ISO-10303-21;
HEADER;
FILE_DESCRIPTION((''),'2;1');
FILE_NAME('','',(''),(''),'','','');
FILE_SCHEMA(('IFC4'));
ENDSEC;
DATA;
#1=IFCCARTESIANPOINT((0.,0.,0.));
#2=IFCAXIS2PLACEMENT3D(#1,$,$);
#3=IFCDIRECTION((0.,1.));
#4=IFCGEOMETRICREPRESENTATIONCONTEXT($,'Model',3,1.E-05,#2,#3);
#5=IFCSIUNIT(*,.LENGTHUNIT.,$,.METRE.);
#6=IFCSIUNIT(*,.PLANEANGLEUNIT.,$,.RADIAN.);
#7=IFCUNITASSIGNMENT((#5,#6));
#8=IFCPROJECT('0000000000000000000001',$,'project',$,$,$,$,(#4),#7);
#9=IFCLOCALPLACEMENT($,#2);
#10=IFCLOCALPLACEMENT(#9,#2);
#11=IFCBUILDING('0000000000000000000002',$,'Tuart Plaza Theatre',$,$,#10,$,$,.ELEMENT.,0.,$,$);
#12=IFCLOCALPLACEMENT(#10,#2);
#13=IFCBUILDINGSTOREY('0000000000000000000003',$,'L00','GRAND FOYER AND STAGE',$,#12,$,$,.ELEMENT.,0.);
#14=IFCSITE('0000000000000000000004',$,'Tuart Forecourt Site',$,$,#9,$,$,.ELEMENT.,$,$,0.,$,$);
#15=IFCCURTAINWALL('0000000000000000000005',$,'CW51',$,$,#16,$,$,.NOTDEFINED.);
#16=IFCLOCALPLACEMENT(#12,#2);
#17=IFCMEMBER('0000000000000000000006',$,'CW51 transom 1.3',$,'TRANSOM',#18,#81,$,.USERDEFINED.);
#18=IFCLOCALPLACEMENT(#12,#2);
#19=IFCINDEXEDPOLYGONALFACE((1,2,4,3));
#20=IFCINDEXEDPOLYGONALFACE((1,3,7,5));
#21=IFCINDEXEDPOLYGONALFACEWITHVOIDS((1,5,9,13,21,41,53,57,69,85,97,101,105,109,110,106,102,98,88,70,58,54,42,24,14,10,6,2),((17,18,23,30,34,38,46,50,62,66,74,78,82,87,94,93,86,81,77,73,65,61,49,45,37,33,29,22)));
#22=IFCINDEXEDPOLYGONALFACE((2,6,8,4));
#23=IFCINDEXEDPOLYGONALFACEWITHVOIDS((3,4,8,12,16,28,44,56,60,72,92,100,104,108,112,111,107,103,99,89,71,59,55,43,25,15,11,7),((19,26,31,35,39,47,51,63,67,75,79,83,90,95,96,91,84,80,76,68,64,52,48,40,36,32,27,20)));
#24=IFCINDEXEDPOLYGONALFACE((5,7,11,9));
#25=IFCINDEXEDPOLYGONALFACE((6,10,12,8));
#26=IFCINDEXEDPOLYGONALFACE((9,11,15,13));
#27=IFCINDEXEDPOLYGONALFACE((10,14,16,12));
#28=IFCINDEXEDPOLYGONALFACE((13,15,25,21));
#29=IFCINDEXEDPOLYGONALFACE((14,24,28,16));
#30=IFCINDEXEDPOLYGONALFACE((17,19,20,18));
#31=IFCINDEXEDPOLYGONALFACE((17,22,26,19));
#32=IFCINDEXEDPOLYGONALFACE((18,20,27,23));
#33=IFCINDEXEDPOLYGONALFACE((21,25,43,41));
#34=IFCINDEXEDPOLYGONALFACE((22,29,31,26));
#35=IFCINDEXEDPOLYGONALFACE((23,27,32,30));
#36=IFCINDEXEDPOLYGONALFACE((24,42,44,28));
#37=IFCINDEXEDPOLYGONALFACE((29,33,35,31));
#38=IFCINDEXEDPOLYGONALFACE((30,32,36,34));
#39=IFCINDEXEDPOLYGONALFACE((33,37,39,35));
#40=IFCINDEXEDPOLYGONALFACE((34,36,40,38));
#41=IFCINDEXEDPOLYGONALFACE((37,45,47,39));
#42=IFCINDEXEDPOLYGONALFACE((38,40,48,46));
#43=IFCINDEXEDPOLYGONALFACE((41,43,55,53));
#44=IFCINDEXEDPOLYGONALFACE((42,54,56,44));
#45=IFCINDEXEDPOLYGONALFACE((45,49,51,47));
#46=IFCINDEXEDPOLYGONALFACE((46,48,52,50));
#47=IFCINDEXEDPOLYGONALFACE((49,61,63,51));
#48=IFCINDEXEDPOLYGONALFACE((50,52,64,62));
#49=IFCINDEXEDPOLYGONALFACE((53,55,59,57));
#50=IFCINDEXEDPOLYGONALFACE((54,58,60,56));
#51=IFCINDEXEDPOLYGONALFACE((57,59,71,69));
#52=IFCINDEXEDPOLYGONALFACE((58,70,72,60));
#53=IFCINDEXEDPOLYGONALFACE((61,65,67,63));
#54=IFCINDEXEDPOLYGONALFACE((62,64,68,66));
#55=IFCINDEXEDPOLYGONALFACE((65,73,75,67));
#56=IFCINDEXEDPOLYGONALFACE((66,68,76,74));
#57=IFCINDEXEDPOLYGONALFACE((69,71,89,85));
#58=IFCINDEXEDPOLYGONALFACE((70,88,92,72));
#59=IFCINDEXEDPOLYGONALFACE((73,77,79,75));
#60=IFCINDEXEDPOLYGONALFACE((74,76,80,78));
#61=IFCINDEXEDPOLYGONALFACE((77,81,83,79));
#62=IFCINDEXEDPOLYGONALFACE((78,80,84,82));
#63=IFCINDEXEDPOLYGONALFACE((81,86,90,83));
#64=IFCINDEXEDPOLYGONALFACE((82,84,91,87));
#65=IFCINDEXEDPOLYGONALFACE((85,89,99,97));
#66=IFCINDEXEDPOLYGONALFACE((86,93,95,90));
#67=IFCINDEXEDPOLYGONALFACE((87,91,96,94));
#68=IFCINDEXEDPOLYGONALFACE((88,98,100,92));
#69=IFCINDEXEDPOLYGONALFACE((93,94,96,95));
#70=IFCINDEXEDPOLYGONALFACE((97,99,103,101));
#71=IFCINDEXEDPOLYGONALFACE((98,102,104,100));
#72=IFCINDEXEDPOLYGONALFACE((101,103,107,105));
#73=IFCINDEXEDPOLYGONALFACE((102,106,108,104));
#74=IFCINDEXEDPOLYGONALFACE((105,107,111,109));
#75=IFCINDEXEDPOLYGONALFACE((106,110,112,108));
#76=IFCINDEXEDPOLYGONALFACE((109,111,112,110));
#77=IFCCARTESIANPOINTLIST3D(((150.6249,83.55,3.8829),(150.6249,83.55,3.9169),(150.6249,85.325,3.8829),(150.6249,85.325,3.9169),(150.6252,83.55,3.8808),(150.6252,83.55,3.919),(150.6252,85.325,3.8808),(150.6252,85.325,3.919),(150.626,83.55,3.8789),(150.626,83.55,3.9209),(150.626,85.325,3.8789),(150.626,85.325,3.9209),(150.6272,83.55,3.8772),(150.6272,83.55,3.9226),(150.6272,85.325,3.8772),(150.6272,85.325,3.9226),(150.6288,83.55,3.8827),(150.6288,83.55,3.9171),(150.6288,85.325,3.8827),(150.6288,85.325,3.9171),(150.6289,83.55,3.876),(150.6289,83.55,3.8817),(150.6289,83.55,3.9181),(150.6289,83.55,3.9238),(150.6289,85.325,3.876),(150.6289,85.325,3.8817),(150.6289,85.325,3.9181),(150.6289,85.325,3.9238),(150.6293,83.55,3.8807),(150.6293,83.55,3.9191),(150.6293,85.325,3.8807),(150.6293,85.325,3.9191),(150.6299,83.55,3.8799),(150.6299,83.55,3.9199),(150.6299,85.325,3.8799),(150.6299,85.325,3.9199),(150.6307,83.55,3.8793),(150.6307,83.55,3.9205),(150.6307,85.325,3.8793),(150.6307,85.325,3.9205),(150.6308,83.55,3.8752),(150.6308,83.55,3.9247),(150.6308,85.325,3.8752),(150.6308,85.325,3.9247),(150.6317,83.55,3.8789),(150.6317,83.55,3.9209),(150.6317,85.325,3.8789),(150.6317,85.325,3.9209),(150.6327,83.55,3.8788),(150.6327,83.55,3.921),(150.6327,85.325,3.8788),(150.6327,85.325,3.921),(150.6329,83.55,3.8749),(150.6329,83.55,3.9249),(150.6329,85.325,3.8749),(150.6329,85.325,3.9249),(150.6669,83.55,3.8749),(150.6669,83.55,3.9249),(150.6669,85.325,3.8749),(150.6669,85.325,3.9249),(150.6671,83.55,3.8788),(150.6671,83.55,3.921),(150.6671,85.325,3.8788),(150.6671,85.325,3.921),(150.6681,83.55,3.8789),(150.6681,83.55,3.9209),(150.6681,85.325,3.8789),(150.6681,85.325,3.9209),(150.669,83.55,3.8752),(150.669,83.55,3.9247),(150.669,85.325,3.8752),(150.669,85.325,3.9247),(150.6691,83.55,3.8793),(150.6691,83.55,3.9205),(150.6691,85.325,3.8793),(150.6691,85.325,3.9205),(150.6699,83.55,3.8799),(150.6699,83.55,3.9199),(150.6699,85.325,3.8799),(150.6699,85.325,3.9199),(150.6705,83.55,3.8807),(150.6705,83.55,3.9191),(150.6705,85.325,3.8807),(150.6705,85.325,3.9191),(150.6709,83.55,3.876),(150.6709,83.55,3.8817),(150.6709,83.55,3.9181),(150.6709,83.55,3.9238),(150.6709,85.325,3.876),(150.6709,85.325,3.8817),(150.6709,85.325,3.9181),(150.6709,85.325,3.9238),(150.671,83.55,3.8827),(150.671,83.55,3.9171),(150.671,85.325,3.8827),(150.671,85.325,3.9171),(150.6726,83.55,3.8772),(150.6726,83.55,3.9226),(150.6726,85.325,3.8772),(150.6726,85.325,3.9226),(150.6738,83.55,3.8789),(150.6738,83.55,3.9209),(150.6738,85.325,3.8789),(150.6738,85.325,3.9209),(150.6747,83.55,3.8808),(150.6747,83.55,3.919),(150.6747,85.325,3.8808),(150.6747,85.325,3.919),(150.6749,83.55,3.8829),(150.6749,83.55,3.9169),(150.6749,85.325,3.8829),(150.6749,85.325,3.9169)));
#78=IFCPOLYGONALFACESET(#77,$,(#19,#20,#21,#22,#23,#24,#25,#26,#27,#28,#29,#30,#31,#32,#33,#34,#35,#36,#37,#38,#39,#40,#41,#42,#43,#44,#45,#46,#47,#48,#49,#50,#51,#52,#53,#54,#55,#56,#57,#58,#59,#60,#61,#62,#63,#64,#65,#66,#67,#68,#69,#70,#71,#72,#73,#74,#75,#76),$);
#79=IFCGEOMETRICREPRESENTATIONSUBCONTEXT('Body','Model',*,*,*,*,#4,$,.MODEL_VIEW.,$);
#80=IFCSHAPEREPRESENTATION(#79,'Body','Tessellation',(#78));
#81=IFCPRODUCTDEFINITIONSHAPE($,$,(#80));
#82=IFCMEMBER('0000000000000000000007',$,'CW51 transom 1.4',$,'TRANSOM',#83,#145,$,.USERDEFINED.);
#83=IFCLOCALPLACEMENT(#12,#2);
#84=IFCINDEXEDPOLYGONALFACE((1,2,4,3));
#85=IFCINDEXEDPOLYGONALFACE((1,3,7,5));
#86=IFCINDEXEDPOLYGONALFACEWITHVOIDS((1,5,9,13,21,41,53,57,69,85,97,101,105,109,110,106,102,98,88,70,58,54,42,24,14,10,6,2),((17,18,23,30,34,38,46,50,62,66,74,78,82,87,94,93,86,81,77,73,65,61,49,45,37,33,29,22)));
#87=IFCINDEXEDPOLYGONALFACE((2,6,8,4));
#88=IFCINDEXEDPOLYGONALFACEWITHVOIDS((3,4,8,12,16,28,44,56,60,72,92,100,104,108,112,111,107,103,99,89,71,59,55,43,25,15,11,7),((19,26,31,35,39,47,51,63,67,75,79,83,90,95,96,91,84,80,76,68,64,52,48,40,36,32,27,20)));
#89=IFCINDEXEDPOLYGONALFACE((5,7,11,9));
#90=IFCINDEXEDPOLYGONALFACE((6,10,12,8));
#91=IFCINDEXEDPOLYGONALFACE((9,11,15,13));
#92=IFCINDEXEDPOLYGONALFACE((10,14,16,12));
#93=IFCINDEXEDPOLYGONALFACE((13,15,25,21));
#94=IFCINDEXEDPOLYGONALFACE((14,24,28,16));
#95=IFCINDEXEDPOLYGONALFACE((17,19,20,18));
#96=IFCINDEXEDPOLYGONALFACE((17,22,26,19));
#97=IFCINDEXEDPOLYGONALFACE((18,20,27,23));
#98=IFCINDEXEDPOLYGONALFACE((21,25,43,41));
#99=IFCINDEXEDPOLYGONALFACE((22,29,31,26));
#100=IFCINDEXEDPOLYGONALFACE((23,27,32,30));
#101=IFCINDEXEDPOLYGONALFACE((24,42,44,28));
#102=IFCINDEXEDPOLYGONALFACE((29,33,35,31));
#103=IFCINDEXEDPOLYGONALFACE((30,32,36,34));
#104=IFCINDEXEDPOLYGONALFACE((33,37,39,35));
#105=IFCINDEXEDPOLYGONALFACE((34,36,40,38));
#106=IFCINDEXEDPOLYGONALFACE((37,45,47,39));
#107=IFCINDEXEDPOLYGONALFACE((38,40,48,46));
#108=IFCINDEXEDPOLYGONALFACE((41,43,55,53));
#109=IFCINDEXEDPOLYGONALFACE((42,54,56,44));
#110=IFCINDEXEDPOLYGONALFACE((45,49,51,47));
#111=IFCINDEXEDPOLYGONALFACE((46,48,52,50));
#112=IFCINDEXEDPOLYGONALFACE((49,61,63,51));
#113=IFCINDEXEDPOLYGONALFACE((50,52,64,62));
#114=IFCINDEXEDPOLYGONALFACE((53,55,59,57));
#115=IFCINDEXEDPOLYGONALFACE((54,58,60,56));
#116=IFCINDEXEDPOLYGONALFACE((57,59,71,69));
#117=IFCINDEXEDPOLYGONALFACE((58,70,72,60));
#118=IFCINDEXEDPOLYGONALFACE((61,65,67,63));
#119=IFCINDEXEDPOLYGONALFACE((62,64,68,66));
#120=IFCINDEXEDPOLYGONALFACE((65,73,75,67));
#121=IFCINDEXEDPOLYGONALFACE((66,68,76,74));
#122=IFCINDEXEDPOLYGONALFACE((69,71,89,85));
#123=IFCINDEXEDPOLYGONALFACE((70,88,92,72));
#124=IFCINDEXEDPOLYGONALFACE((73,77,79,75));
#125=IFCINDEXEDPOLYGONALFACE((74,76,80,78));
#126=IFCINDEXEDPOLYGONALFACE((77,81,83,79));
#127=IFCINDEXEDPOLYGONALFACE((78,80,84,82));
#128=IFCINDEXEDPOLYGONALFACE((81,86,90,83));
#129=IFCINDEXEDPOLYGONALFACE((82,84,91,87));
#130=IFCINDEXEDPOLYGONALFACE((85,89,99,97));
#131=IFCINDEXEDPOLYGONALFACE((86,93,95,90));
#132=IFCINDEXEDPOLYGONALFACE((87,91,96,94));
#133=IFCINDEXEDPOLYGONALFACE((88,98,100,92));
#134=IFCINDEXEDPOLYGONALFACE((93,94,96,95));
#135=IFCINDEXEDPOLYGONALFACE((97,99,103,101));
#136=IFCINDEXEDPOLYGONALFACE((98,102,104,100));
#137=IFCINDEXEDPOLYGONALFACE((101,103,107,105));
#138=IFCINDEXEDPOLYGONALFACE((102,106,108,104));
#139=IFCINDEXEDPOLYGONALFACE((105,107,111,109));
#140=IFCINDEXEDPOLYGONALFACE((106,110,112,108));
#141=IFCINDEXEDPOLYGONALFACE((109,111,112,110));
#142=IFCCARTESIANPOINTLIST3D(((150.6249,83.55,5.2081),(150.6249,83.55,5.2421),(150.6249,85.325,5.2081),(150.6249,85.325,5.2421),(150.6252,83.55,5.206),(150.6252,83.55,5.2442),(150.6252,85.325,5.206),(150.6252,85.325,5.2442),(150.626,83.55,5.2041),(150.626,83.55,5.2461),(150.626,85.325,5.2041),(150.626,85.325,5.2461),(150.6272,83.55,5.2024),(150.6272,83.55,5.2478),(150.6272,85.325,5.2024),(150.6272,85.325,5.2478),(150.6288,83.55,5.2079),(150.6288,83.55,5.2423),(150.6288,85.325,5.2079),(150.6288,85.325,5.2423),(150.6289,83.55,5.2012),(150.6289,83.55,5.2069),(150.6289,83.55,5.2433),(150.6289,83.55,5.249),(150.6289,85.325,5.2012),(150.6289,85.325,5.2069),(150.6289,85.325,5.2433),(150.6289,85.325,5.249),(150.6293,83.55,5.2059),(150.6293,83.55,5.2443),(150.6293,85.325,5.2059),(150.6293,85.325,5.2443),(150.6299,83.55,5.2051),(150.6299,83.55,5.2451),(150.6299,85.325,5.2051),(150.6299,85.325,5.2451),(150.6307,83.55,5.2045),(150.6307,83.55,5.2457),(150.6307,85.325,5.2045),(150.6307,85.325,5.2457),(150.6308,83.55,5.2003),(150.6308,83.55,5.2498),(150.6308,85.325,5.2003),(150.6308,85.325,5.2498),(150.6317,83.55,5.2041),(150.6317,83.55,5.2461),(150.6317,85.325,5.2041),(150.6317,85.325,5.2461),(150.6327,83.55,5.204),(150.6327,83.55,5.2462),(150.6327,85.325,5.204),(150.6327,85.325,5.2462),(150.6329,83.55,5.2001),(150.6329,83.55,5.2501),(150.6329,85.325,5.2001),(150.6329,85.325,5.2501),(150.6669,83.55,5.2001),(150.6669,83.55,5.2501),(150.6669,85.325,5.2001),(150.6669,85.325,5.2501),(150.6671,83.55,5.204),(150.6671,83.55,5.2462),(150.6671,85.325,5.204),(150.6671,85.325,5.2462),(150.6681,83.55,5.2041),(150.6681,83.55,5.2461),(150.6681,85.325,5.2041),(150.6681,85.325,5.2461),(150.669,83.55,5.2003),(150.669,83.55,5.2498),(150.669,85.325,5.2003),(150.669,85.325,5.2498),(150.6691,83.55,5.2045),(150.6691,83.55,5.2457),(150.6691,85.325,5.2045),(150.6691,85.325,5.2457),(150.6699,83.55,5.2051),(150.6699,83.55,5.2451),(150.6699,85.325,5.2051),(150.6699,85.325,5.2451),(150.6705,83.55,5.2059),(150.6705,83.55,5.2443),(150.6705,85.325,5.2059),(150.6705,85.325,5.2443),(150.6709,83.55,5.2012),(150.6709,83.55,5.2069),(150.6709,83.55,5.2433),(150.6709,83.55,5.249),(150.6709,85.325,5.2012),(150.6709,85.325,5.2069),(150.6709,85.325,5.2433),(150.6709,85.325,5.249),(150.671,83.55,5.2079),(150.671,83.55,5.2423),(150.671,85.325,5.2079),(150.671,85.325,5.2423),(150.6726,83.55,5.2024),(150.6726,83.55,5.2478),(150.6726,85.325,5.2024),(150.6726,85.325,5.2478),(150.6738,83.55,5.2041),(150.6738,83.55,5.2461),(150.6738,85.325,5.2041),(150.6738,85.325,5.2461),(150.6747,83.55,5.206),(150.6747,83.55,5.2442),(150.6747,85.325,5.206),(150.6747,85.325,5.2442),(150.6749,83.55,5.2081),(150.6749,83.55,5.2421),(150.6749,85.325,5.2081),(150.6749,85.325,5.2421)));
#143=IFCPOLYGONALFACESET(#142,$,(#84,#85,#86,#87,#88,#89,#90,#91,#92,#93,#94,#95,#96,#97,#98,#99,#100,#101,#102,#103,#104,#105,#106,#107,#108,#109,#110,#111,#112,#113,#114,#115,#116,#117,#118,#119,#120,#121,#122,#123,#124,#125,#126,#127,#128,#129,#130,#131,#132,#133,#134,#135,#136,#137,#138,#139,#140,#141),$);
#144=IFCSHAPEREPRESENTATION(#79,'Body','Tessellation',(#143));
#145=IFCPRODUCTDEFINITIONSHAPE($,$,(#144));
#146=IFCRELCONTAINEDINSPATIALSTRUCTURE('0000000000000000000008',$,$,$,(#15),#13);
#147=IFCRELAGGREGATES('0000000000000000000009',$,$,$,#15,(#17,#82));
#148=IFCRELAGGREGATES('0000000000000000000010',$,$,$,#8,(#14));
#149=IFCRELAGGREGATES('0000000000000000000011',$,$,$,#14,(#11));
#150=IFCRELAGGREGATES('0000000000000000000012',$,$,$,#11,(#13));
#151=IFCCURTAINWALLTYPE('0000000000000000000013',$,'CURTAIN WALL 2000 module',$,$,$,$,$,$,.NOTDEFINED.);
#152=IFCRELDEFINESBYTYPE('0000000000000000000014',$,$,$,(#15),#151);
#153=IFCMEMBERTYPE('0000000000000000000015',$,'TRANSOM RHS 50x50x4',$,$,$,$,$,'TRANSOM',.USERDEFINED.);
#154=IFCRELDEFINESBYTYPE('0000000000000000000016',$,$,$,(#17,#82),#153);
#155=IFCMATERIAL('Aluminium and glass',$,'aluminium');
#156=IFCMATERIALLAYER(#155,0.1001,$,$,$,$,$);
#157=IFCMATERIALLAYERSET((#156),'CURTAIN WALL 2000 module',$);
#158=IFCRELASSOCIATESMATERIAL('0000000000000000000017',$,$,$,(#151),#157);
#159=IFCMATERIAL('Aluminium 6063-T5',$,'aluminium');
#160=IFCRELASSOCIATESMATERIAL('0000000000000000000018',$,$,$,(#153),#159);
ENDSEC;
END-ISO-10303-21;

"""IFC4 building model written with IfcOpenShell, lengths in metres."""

from ifc_helpers import new_model, si_unit, direction, frame, origin, origin_2d, place, context, subcontext, project, spatial, hollow_rectangle, extrude, material, layer, layer_set, material_profile, profile_set, type_object, element, aggregate, save


model = new_model("IFC4")

# Units and contexts
model_context = context("Model", 3, precision=1e-05, world=origin(), true_north=direction((0.0, 1.0)))
body_context = subcontext(model_context, "Body", "Model", "MODEL_VIEW")
ifc_project = project(units=[si_unit("LENGTHUNIT", "METRE"), si_unit("PLANEANGLEUNIT", "RADIAN")], contexts=[model_context])

# Site, building, storey
site_placement = place(None, origin())
site = spatial("IfcSite", under=ifc_project, at=site_placement, Name="Tuart Forecourt Site", CompositionType="ELEMENT", RefElevation=0.0)
building_placement = place(site_placement, origin())
building = spatial("IfcBuilding", under=site, at=building_placement, Name="Tuart Plaza Theatre", CompositionType="ELEMENT", ElevationOfRefHeight=0.0)
storey_placement = place(building_placement, origin())
storey = spatial("IfcBuildingStorey", under=building, at=storey_placement, Name="L00", Description="GRAND FOYER AND STAGE", CompositionType="ELEMENT", Elevation=0.0)

# Curtain wall, members
ifc_material_1 = material(Name="Aluminium and glass", Category="aluminium")
ifc_layer_1 = layer(ifc_material_1, 0.1001)
ifc_layer_set_1 = layer_set([ifc_layer_1], Name="CURTAIN WALL 2000 module")
curtain_wall_type = type_object("IfcCurtainWallType", Name="CURTAIN WALL 2000 module", PredefinedType="NOTDEFINED", material=ifc_layer_set_1)
curtain_wall_placement = place(storey_placement, origin())
curtain_wall = element("IfcCurtainWall", 1, at=curtain_wall_placement, inside=storey, type_object=curtain_wall_type, Name="CW51", PredefinedType="NOTDEFINED")
ifc_material_2 = material(Name="Aluminium 6063-T5", Category="aluminium")
ifc_material_profile_1 = material_profile(ifc_material_2, hollow_rectangle(XDim=0.05, YDim=0.05, WallThickness=0.0039, InnerFilletRadius=0.0039, OuterFilletRadius=0.0081, at=origin_2d()), Name="RHS 50x50x4")
ifc_profile_set_1 = profile_set([ifc_material_profile_1], Name="Aluminium 6063-T5")
member_type_1 = type_object("IfcMemberType", Name="TRANSOM RHS 50x50x4", ElementType="TRANSOM", PredefinedType="USERDEFINED", material=ifc_profile_set_1)
member_1_placement = place(storey_placement, frame((150.6499, 83.55, 3.8999), z_axis=(0.0, 1.0, 0.0), x_axis=(-1.0, 0.0, 0.0)))
member_1 = element("IfcMember", 2, at=member_1_placement, type_object=member_type_1, Name="CW51 transom 1.3", ObjectType="TRANSOM", PredefinedType="USERDEFINED", context=body_context, shape_type="SweptSolid", body=[
    extrude(hollow_rectangle(XDim=0.05, YDim=0.05, WallThickness=0.0039, InnerFilletRadius=0.0039, OuterFilletRadius=0.0081, at=origin_2d()), origin(), (0.0, 0.0, 1.0), 1.7749),
])
member_2_placement = place(storey_placement, frame((150.6499, 83.55, 5.2251), z_axis=(0.0, 1.0, 0.0), x_axis=(-1.0, 0.0, 0.0)))
member_2 = element("IfcMember", 3, at=member_2_placement, type_object=member_type_1, Name="CW51 transom 1.4", ObjectType="TRANSOM", PredefinedType="USERDEFINED", context=body_context, shape_type="SweptSolid", body=[
    extrude(hollow_rectangle(XDim=0.05, YDim=0.05, WallThickness=0.0039, InnerFilletRadius=0.0039, OuterFilletRadius=0.0081, at=origin_2d()), origin(), (0.0, 0.0, 1.0), 1.7749),
])
aggregate(curtain_wall, [member_1, member_2])

save(model, "model.ifc")
